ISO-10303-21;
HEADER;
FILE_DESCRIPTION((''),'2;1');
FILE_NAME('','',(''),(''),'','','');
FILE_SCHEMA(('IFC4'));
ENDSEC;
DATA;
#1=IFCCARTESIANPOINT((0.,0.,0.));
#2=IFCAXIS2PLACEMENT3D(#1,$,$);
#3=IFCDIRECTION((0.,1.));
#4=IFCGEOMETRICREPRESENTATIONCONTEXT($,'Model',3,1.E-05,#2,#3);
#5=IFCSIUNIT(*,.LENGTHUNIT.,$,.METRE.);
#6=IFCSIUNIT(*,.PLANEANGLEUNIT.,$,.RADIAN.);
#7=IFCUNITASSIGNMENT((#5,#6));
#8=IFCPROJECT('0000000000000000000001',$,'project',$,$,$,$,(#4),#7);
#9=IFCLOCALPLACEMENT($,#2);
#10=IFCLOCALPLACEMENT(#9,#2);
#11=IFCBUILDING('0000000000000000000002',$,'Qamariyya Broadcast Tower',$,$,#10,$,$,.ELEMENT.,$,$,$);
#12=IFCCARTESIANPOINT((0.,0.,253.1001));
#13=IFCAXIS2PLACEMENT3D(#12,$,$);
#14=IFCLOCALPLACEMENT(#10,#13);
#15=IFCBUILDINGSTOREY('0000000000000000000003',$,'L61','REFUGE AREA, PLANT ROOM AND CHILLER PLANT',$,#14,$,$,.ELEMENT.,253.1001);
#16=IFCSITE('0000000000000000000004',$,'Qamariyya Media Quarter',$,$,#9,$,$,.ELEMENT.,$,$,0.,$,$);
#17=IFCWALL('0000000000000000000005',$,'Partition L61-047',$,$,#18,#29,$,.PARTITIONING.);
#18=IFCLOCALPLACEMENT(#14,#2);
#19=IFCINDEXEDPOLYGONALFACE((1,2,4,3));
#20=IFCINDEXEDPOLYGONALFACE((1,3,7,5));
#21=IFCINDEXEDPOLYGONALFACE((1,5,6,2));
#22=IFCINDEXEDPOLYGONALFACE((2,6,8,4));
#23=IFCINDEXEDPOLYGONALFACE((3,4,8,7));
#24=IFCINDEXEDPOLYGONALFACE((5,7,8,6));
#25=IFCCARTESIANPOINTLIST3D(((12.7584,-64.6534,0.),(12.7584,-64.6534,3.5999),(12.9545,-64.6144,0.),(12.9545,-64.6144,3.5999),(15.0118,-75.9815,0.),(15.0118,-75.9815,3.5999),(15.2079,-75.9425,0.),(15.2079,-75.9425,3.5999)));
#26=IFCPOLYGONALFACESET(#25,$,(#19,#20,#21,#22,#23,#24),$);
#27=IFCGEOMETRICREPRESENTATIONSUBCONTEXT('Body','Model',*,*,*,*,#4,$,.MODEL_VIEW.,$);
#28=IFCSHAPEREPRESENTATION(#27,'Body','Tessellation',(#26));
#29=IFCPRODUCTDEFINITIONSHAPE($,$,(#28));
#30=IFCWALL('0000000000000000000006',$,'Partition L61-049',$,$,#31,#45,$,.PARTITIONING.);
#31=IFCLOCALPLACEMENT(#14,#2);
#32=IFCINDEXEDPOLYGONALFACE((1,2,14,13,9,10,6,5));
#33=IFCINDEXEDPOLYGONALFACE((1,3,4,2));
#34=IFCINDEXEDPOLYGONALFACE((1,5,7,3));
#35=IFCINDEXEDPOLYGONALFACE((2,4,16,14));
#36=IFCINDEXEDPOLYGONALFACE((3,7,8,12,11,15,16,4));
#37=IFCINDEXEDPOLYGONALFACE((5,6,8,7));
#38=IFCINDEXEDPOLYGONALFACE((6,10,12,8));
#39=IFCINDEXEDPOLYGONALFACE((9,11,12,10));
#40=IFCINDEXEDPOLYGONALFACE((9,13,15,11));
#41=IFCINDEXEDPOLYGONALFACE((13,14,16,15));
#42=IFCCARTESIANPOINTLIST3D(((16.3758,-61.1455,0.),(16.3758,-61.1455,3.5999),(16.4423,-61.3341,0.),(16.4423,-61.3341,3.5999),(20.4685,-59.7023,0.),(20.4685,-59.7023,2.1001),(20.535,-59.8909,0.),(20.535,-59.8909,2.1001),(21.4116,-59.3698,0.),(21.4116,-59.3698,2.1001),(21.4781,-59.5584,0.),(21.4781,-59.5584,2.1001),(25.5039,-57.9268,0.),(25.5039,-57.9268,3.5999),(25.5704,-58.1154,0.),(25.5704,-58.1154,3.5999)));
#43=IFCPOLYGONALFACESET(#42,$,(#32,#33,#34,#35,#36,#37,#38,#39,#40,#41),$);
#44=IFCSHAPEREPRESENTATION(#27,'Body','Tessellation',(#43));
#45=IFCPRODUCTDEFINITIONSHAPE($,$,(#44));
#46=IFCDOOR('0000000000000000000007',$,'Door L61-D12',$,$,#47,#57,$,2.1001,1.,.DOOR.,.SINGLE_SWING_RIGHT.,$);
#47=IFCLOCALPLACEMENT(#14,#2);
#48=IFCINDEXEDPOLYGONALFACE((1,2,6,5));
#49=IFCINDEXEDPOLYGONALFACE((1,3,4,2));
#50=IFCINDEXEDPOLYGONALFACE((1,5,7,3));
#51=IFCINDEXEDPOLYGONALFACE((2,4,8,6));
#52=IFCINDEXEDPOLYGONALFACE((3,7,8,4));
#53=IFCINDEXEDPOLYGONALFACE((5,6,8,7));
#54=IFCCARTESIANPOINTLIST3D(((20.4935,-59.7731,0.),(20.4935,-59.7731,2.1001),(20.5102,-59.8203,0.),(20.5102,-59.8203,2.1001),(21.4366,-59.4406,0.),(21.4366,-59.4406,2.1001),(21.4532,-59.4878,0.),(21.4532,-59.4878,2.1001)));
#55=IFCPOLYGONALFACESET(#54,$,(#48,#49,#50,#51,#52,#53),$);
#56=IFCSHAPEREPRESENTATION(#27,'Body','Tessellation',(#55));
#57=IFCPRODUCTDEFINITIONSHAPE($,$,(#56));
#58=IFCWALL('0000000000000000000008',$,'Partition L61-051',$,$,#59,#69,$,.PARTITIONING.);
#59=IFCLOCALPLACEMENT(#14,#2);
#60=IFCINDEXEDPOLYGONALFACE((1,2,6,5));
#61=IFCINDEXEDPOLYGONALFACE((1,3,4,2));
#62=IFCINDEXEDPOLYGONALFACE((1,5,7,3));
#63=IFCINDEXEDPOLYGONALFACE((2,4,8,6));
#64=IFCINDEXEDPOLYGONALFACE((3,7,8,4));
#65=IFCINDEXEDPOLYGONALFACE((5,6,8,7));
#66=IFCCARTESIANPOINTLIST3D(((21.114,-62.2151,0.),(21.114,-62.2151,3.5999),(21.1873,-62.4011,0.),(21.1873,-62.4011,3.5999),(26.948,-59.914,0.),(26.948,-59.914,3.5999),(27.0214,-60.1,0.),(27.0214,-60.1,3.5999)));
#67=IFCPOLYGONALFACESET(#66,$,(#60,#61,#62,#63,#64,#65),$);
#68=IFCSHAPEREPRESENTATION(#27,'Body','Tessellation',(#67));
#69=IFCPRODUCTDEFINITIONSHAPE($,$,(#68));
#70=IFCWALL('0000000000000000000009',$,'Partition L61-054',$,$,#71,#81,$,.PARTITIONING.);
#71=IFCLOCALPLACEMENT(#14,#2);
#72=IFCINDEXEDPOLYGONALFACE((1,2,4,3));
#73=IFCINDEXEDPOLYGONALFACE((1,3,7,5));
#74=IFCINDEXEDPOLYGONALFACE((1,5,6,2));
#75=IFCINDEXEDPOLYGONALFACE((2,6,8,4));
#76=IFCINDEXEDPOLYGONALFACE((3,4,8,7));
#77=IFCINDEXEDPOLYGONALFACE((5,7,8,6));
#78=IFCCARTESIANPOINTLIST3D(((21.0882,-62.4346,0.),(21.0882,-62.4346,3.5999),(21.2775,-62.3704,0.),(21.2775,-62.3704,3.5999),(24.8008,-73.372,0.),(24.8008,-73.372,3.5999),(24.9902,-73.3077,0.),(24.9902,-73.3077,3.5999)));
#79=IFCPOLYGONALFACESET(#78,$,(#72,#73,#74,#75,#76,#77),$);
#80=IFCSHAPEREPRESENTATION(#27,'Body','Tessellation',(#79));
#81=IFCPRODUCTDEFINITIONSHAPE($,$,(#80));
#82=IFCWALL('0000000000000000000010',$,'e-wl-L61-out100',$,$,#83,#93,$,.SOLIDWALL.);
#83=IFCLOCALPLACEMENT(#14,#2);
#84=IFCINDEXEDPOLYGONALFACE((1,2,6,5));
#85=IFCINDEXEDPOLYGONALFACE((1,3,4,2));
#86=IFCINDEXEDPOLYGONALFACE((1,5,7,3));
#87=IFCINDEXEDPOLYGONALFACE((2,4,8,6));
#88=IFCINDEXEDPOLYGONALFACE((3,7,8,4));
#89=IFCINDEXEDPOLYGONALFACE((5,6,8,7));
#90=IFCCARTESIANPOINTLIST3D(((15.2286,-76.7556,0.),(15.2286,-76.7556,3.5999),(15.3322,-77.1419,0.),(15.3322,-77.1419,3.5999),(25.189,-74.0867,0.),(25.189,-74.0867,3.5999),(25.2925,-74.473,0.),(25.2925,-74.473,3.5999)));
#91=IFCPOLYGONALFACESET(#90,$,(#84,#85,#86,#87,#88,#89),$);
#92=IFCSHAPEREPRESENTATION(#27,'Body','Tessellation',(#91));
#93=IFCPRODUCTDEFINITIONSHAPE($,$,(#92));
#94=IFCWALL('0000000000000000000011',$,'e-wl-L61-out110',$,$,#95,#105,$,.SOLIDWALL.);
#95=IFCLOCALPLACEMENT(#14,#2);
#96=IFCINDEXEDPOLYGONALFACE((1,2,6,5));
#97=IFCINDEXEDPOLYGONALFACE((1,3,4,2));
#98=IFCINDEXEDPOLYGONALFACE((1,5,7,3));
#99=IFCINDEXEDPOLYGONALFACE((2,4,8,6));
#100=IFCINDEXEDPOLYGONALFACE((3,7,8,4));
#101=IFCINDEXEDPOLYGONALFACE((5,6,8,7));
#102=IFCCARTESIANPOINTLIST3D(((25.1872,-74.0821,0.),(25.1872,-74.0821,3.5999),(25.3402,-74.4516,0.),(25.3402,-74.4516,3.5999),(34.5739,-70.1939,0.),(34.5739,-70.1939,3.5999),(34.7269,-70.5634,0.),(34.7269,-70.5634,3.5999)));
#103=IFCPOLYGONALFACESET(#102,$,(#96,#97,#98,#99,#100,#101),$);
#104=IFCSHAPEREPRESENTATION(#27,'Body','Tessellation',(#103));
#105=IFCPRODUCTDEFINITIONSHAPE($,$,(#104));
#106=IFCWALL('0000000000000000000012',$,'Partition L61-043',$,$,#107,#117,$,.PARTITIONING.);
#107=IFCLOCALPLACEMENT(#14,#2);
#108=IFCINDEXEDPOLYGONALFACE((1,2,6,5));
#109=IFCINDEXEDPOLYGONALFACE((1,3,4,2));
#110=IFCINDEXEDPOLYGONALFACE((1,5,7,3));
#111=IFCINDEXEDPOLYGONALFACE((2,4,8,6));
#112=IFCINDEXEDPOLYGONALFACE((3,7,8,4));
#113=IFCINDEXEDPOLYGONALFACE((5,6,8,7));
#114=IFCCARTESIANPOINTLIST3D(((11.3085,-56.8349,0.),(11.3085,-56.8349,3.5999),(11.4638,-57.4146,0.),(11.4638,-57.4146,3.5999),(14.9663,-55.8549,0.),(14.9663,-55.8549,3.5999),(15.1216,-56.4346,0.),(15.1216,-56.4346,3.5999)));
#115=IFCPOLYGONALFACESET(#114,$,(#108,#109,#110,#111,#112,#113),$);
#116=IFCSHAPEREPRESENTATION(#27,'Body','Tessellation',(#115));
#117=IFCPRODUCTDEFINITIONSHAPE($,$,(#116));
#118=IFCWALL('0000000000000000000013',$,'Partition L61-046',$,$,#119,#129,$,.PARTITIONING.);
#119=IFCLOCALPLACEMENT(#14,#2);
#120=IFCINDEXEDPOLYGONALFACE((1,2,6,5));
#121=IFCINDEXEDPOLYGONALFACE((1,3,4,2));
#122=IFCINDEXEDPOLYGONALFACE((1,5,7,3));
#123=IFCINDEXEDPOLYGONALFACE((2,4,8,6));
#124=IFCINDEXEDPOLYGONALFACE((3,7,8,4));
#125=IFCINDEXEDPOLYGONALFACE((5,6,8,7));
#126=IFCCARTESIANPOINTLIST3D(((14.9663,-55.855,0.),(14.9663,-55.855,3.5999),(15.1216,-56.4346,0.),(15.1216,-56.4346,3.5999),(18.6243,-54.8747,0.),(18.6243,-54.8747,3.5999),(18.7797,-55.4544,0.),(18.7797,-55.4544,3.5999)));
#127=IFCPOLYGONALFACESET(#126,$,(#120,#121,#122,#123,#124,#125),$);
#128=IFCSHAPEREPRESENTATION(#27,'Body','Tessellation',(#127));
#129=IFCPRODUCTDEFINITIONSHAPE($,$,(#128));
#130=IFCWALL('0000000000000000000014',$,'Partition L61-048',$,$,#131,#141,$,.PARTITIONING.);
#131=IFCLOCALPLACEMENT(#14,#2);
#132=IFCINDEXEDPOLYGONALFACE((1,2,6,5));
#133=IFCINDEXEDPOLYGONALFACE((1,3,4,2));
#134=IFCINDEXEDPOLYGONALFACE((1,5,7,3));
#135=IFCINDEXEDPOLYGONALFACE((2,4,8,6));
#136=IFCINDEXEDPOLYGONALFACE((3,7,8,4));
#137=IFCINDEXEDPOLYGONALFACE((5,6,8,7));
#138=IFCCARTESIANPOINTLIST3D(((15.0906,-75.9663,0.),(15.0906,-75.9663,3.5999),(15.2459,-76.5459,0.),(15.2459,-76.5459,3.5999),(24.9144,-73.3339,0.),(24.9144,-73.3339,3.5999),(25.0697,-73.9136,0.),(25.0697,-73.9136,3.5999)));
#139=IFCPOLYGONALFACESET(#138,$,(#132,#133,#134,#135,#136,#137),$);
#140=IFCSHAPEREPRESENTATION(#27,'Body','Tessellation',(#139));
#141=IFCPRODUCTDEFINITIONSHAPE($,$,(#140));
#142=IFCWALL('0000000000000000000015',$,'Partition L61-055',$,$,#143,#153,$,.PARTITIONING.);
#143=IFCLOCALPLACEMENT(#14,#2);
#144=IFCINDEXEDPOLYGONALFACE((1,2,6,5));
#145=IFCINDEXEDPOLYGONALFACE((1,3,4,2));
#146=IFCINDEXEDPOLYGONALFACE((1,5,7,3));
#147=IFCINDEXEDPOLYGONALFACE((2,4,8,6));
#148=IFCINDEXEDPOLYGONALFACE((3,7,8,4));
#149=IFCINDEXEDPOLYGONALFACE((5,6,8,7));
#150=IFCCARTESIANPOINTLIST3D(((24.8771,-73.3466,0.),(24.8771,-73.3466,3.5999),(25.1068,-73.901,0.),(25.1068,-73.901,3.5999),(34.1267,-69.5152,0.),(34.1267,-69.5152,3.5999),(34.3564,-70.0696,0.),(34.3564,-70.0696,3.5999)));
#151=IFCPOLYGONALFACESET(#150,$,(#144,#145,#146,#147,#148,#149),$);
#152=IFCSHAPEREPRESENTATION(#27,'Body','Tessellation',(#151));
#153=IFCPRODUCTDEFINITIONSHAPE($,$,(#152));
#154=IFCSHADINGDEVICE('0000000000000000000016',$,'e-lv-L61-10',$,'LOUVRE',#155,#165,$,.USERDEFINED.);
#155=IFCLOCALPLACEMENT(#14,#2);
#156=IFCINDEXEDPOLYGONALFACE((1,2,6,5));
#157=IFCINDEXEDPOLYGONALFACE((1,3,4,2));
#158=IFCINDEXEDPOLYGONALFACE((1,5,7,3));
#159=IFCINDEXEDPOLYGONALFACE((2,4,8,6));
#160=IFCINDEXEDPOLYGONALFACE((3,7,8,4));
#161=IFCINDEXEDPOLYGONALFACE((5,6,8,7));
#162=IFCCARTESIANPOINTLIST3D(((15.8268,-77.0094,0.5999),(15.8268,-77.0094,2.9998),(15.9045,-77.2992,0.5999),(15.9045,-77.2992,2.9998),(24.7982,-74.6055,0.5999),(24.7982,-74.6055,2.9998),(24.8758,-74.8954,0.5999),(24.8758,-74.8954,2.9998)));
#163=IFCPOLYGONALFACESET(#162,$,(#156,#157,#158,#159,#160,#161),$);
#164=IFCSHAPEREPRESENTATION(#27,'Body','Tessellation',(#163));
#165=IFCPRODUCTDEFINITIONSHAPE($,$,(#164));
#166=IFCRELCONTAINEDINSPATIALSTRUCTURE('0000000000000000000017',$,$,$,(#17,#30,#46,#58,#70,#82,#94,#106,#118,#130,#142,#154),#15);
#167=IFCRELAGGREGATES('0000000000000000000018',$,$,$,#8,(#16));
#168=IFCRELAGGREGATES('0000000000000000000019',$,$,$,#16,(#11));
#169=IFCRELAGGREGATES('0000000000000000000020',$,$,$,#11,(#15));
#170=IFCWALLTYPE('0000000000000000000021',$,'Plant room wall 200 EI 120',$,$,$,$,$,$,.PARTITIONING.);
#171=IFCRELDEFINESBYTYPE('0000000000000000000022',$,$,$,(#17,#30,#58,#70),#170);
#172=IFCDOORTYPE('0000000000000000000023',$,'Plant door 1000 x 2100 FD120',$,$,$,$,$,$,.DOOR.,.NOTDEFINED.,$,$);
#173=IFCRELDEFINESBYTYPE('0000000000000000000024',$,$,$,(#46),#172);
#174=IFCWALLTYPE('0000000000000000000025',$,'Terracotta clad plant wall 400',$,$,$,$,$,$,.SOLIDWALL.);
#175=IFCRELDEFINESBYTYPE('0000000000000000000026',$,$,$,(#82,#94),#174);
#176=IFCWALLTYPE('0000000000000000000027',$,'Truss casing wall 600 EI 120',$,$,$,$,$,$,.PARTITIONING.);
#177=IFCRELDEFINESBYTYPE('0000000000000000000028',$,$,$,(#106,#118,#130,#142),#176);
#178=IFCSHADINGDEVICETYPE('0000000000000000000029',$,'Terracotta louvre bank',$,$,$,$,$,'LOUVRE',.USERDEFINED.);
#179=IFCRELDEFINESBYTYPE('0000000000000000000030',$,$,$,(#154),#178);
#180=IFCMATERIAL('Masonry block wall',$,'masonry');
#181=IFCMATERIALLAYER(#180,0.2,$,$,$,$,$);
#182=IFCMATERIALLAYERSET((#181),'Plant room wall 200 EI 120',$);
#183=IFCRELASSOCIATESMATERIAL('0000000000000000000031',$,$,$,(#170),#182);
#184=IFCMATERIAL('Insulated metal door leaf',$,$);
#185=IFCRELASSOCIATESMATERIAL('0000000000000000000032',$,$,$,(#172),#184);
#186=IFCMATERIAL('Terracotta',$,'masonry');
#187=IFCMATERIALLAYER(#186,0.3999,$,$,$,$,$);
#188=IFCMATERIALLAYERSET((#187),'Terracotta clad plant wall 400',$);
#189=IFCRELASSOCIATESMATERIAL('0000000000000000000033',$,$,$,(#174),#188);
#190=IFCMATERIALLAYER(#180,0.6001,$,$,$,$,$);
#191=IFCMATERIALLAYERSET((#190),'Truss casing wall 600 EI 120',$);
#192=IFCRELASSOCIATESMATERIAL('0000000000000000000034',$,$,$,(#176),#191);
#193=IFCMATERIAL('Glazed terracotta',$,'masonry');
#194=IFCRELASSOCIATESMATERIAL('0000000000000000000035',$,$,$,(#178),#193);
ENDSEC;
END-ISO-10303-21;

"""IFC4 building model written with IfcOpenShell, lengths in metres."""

from ifc_helpers import new_model, si_unit, direction, frame, frame_2d, origin, origin_2d, place, context, subcontext, project, spatial, rectangle, extrude, material, layer, layer_set, type_object, element, fill, save


model = new_model("IFC4")

# Units and contexts
model_context = context("Model", 3, precision=1e-05, world=origin(), true_north=direction((0.0, 1.0)))
body_context = subcontext(model_context, "Body", "Model", "MODEL_VIEW")
ifc_project = project(units=[si_unit("LENGTHUNIT", "METRE"), si_unit("PLANEANGLEUNIT", "RADIAN")], contexts=[model_context])

# Site, building, storey
site_placement = place(None, origin())
site = spatial("IfcSite", under=ifc_project, at=site_placement, Name="Qamariyya Media Quarter", CompositionType="ELEMENT", RefElevation=0.0)
building_placement = place(site_placement, origin())
building = spatial("IfcBuilding", under=site, at=building_placement, Name="Qamariyya Broadcast Tower", CompositionType="ELEMENT")
storey_placement = place(building_placement, frame((0.0, 0.0, 253.1001)))
storey = spatial("IfcBuildingStorey", under=building, at=storey_placement, Name="L61", Description="REFUGE AREA, PLANT ROOM AND CHILLER PLANT", CompositionType="ELEMENT", Elevation=253.1001)

# Shared definitions
ifc_material_1 = material(Name="Masonry block wall", Category="masonry")
ifc_layer_1 = layer(ifc_material_1, 0.2)
ifc_layer_set_1 = layer_set([ifc_layer_1], Name="Plant room wall 200 EI 120")
wall_type_1 = type_object("IfcWallType", Name="Plant room wall 200 EI 120", PredefinedType="PARTITIONING", material=ifc_layer_set_1)
ifc_material_2 = material(Name="Insulated metal door leaf")
door_type = type_object("IfcDoorType", Name="Plant door 1000 x 2100 FD120", OperationType="NOTDEFINED", PredefinedType="DOOR", material=ifc_material_2)

# Wall
wall_1_placement = place(storey_placement, frame((15.1099, -75.9619, 0.0), z_axis=(0.0, 0.0, 1.0), x_axis=(-0.1951, 0.980783, 0.0)))
element("IfcWall", 1, at=wall_1_placement, inside=storey, type_object=wall_type_1, Name="Partition L61-047", PredefinedType="PARTITIONING", context=body_context, shape_type="SweptSolid", body=[
    extrude(rectangle(XDim=11.55, YDim=0.2, at=frame_2d((5.7749, 0.0))), origin(), (0.0, 0.0, 1.0), 3.5999),
])

# Wall, opening, door
wall_2_placement = place(storey_placement, frame((16.4092, -61.2397, 0.0), z_axis=(0.0, 0.0, 1.0), x_axis=(0.943086, 0.332548, 0.0)))
wall_2 = element("IfcWall", 2, at=wall_2_placement, inside=storey, type_object=wall_type_1, Name="Partition L61-049", PredefinedType="PARTITIONING", context=body_context, shape_type="SweptSolid", body=[
    extrude(rectangle(XDim=9.679, YDim=0.2, at=frame_2d((4.8394, 0.0))), origin(), (0.0, 0.0, 1.0), 3.5999),
])
opening_1_placement = place(wall_2_placement, frame((4.3396, 0.0, 0.0)))
opening_1 = element("IfcOpeningElement", 3, at=opening_1_placement, cuts=wall_2, PredefinedType="OPENING", context=body_context, shape_type="SweptSolid", body=[
    extrude(rectangle(XDim=1.0, YDim=2.1001, at=frame_2d((0.5, 1.05))), frame((0.0, 0.1099, 0.0), z_axis=(0.0, -1.0, 0.0), x_axis=(1.0, 0.0, 0.0)), (0.0, 0.0, 1.0), 0.22),
])
door_1_placement = place(opening_1_placement, origin())
door_1 = element("IfcDoor", 4, at=door_1_placement, inside=storey, type_object=door_type, Name="Door L61-D12", OperationType="SINGLE_SWING_RIGHT", OverallHeight=2.1001, OverallWidth=1.0, PredefinedType="DOOR", context=body_context, shape_type="SweptSolid", body=[
    extrude(rectangle(XDim=1.0, YDim=2.1001, at=frame_2d((0.5, 1.05))), frame((0.0, 0.0249, 0.0), z_axis=(0.0, -1.0, 0.0), x_axis=(1.0, 0.0, 0.0)), (0.0, 0.0, 1.0), 0.05),
])
fill(opening_1, door_1)

# Walls
wall_3_placement = place(storey_placement, frame((21.1506, -62.3081, 0.0), z_axis=(0.0, 0.0, 1.0), x_axis=(0.930257, 0.366909, 0.0)))
element("IfcWall", 5, at=wall_3_placement, inside=storey, type_object=wall_type_1, Name="Partition L61-051", PredefinedType="PARTITIONING", context=body_context, shape_type="SweptSolid", body=[
    extrude(rectangle(XDim=6.2715, YDim=0.2, at=frame_2d((3.1357, 0.0))), origin(), (0.0, 0.0, 1.0), 3.5999),
])
wall_4_placement = place(storey_placement, frame((24.8955, -73.3398, 0.0), z_axis=(0.0, 0.0, 1.0), x_axis=(-0.321435, 0.946931, 0.0)))
element("IfcWall", 6, at=wall_4_placement, inside=storey, type_object=wall_type_1, Name="Partition L61-054", PredefinedType="PARTITIONING", context=body_context, shape_type="SweptSolid", body=[
    extrude(rectangle(XDim=11.5503, YDim=0.2, at=frame_2d((5.7751, 0.0))), origin(), (0.0, 0.0, 1.0), 3.5999),
])
ifc_material_3 = material(Name="Terracotta", Category="masonry")
ifc_layer_2 = layer(ifc_material_3, 0.3999)
ifc_layer_set_2 = layer_set([ifc_layer_2], Name="Terracotta clad plant wall 400")
wall_type_2 = type_object("IfcWallType", Name="Terracotta clad plant wall 400", PredefinedType="SOLIDWALL", material=ifc_layer_set_2)
wall_5_placement = place(storey_placement, frame((15.2805, -76.9487, 0.0), z_axis=(0.0, 0.0, 1.0), x_axis=(0.965925, 0.258824, 0.0)))
element("IfcWall", 7, at=wall_5_placement, inside=storey, type_object=wall_type_2, Name="e-wl-L61-out100", PredefinedType="SOLIDWALL", context=body_context, shape_type="SweptSolid", body=[
    extrude(rectangle(XDim=10.3118, YDim=0.3999, at=frame_2d((5.1558, 0.0))), origin(), (0.0, 0.0, 1.0), 3.5999),
])
wall_6_placement = place(storey_placement, frame((25.2637, -74.2668, 0.0), z_axis=(0.0, 0.0, 1.0), x_axis=(0.923877, 0.38269, 0.0)))
element("IfcWall", 8, at=wall_6_placement, inside=storey, type_object=wall_type_2, Name="e-wl-L61-out110", PredefinedType="SOLIDWALL", context=body_context, shape_type="SweptSolid", body=[
    extrude(rectangle(XDim=10.1602, YDim=0.3999, at=frame_2d((5.0801, 0.0))), origin(), (0.0, 0.0, 1.0), 3.5999),
])
ifc_layer_3 = layer(ifc_material_1, 0.6001)
ifc_layer_set_3 = layer_set([ifc_layer_3], Name="Truss casing wall 600 EI 120")
wall_type_3 = type_object("IfcWallType", Name="Truss casing wall 600 EI 120", PredefinedType="PARTITIONING", material=ifc_layer_set_3)
wall_7_placement = place(storey_placement, frame((11.386, -57.1248, 0.0), z_axis=(0.0, 0.0, 1.0), x_axis=(0.965937, 0.258778, 0.0)))
element("IfcWall", 9, at=wall_7_placement, inside=storey, type_object=wall_type_3, Name="Partition L61-043", PredefinedType="PARTITIONING", context=body_context, shape_type="SweptSolid", body=[
    extrude(rectangle(XDim=3.7869, YDim=0.6001, at=frame_2d((1.8936, 0.0))), origin(), (0.0, 0.0, 1.0), 3.5999),
])
wall_8_placement = place(storey_placement, frame((15.0439, -56.1448, 0.0), z_axis=(0.0, 0.0, 1.0), x_axis=(0.965921, 0.258838, 0.0)))
element("IfcWall", 10, at=wall_8_placement, inside=storey, type_object=wall_type_3, Name="Partition L61-046", PredefinedType="PARTITIONING", context=body_context, shape_type="SweptSolid", body=[
    extrude(rectangle(XDim=3.7871, YDim=0.6001, at=frame_2d((1.8936, 0.0))), origin(), (0.0, 0.0, 1.0), 3.5999),
])
wall_9_placement = place(storey_placement, frame((15.1682, -76.2561, 0.0), z_axis=(0.0, 0.0, 1.0), x_axis=(0.965924, 0.258825, 0.0)))
element("IfcWall", 11, at=wall_9_placement, inside=storey, type_object=wall_type_3, Name="Partition L61-048", PredefinedType="PARTITIONING", context=body_context, shape_type="SweptSolid", body=[
    extrude(rectangle(XDim=10.1704, YDim=0.6001, at=frame_2d((5.0852, 0.0))), origin(), (0.0, 0.0, 1.0), 3.5999),
])
wall_10_placement = place(storey_placement, frame((24.9919, -73.6238, 0.0), z_axis=(0.0, 0.0, 1.0), x_axis=(0.923879, 0.382686, 0.0)))
element("IfcWall", 12, at=wall_10_placement, inside=storey, type_object=wall_type_3, Name="Partition L61-055", PredefinedType="PARTITIONING", context=body_context, shape_type="SweptSolid", body=[
    extrude(rectangle(XDim=10.0117, YDim=0.6001, at=frame_2d((5.0059, 0.0))), origin(), (0.0, 0.0, 1.0), 3.5999),
])

# Shading device
ifc_material_4 = material(Name="Glazed terracotta", Category="masonry")
shading_device_type = type_object("IfcShadingDeviceType", Name="Terracotta louvre bank", ElementType="LOUVRE", PredefinedType="USERDEFINED", material=ifc_material_4)
shading_device_placement = place(storey_placement, frame((20.3513, -75.9524, 0.5999), z_axis=(0.0, 0.0, 1.0), x_axis=(0.965926, 0.258819, 0.0)))
element("IfcShadingDevice", 13, at=shading_device_placement, inside=storey, type_object=shading_device_type, Name="e-lv-L61-10", ObjectType="LOUVRE", PredefinedType="USERDEFINED", context=body_context, shape_type="SweptSolid", body=[
    extrude(rectangle(XDim=9.2878, YDim=0.3, at=origin_2d()), origin(), (0.0, 0.0, 1.0), 2.3999),
])

save(model, "model.ifc")
